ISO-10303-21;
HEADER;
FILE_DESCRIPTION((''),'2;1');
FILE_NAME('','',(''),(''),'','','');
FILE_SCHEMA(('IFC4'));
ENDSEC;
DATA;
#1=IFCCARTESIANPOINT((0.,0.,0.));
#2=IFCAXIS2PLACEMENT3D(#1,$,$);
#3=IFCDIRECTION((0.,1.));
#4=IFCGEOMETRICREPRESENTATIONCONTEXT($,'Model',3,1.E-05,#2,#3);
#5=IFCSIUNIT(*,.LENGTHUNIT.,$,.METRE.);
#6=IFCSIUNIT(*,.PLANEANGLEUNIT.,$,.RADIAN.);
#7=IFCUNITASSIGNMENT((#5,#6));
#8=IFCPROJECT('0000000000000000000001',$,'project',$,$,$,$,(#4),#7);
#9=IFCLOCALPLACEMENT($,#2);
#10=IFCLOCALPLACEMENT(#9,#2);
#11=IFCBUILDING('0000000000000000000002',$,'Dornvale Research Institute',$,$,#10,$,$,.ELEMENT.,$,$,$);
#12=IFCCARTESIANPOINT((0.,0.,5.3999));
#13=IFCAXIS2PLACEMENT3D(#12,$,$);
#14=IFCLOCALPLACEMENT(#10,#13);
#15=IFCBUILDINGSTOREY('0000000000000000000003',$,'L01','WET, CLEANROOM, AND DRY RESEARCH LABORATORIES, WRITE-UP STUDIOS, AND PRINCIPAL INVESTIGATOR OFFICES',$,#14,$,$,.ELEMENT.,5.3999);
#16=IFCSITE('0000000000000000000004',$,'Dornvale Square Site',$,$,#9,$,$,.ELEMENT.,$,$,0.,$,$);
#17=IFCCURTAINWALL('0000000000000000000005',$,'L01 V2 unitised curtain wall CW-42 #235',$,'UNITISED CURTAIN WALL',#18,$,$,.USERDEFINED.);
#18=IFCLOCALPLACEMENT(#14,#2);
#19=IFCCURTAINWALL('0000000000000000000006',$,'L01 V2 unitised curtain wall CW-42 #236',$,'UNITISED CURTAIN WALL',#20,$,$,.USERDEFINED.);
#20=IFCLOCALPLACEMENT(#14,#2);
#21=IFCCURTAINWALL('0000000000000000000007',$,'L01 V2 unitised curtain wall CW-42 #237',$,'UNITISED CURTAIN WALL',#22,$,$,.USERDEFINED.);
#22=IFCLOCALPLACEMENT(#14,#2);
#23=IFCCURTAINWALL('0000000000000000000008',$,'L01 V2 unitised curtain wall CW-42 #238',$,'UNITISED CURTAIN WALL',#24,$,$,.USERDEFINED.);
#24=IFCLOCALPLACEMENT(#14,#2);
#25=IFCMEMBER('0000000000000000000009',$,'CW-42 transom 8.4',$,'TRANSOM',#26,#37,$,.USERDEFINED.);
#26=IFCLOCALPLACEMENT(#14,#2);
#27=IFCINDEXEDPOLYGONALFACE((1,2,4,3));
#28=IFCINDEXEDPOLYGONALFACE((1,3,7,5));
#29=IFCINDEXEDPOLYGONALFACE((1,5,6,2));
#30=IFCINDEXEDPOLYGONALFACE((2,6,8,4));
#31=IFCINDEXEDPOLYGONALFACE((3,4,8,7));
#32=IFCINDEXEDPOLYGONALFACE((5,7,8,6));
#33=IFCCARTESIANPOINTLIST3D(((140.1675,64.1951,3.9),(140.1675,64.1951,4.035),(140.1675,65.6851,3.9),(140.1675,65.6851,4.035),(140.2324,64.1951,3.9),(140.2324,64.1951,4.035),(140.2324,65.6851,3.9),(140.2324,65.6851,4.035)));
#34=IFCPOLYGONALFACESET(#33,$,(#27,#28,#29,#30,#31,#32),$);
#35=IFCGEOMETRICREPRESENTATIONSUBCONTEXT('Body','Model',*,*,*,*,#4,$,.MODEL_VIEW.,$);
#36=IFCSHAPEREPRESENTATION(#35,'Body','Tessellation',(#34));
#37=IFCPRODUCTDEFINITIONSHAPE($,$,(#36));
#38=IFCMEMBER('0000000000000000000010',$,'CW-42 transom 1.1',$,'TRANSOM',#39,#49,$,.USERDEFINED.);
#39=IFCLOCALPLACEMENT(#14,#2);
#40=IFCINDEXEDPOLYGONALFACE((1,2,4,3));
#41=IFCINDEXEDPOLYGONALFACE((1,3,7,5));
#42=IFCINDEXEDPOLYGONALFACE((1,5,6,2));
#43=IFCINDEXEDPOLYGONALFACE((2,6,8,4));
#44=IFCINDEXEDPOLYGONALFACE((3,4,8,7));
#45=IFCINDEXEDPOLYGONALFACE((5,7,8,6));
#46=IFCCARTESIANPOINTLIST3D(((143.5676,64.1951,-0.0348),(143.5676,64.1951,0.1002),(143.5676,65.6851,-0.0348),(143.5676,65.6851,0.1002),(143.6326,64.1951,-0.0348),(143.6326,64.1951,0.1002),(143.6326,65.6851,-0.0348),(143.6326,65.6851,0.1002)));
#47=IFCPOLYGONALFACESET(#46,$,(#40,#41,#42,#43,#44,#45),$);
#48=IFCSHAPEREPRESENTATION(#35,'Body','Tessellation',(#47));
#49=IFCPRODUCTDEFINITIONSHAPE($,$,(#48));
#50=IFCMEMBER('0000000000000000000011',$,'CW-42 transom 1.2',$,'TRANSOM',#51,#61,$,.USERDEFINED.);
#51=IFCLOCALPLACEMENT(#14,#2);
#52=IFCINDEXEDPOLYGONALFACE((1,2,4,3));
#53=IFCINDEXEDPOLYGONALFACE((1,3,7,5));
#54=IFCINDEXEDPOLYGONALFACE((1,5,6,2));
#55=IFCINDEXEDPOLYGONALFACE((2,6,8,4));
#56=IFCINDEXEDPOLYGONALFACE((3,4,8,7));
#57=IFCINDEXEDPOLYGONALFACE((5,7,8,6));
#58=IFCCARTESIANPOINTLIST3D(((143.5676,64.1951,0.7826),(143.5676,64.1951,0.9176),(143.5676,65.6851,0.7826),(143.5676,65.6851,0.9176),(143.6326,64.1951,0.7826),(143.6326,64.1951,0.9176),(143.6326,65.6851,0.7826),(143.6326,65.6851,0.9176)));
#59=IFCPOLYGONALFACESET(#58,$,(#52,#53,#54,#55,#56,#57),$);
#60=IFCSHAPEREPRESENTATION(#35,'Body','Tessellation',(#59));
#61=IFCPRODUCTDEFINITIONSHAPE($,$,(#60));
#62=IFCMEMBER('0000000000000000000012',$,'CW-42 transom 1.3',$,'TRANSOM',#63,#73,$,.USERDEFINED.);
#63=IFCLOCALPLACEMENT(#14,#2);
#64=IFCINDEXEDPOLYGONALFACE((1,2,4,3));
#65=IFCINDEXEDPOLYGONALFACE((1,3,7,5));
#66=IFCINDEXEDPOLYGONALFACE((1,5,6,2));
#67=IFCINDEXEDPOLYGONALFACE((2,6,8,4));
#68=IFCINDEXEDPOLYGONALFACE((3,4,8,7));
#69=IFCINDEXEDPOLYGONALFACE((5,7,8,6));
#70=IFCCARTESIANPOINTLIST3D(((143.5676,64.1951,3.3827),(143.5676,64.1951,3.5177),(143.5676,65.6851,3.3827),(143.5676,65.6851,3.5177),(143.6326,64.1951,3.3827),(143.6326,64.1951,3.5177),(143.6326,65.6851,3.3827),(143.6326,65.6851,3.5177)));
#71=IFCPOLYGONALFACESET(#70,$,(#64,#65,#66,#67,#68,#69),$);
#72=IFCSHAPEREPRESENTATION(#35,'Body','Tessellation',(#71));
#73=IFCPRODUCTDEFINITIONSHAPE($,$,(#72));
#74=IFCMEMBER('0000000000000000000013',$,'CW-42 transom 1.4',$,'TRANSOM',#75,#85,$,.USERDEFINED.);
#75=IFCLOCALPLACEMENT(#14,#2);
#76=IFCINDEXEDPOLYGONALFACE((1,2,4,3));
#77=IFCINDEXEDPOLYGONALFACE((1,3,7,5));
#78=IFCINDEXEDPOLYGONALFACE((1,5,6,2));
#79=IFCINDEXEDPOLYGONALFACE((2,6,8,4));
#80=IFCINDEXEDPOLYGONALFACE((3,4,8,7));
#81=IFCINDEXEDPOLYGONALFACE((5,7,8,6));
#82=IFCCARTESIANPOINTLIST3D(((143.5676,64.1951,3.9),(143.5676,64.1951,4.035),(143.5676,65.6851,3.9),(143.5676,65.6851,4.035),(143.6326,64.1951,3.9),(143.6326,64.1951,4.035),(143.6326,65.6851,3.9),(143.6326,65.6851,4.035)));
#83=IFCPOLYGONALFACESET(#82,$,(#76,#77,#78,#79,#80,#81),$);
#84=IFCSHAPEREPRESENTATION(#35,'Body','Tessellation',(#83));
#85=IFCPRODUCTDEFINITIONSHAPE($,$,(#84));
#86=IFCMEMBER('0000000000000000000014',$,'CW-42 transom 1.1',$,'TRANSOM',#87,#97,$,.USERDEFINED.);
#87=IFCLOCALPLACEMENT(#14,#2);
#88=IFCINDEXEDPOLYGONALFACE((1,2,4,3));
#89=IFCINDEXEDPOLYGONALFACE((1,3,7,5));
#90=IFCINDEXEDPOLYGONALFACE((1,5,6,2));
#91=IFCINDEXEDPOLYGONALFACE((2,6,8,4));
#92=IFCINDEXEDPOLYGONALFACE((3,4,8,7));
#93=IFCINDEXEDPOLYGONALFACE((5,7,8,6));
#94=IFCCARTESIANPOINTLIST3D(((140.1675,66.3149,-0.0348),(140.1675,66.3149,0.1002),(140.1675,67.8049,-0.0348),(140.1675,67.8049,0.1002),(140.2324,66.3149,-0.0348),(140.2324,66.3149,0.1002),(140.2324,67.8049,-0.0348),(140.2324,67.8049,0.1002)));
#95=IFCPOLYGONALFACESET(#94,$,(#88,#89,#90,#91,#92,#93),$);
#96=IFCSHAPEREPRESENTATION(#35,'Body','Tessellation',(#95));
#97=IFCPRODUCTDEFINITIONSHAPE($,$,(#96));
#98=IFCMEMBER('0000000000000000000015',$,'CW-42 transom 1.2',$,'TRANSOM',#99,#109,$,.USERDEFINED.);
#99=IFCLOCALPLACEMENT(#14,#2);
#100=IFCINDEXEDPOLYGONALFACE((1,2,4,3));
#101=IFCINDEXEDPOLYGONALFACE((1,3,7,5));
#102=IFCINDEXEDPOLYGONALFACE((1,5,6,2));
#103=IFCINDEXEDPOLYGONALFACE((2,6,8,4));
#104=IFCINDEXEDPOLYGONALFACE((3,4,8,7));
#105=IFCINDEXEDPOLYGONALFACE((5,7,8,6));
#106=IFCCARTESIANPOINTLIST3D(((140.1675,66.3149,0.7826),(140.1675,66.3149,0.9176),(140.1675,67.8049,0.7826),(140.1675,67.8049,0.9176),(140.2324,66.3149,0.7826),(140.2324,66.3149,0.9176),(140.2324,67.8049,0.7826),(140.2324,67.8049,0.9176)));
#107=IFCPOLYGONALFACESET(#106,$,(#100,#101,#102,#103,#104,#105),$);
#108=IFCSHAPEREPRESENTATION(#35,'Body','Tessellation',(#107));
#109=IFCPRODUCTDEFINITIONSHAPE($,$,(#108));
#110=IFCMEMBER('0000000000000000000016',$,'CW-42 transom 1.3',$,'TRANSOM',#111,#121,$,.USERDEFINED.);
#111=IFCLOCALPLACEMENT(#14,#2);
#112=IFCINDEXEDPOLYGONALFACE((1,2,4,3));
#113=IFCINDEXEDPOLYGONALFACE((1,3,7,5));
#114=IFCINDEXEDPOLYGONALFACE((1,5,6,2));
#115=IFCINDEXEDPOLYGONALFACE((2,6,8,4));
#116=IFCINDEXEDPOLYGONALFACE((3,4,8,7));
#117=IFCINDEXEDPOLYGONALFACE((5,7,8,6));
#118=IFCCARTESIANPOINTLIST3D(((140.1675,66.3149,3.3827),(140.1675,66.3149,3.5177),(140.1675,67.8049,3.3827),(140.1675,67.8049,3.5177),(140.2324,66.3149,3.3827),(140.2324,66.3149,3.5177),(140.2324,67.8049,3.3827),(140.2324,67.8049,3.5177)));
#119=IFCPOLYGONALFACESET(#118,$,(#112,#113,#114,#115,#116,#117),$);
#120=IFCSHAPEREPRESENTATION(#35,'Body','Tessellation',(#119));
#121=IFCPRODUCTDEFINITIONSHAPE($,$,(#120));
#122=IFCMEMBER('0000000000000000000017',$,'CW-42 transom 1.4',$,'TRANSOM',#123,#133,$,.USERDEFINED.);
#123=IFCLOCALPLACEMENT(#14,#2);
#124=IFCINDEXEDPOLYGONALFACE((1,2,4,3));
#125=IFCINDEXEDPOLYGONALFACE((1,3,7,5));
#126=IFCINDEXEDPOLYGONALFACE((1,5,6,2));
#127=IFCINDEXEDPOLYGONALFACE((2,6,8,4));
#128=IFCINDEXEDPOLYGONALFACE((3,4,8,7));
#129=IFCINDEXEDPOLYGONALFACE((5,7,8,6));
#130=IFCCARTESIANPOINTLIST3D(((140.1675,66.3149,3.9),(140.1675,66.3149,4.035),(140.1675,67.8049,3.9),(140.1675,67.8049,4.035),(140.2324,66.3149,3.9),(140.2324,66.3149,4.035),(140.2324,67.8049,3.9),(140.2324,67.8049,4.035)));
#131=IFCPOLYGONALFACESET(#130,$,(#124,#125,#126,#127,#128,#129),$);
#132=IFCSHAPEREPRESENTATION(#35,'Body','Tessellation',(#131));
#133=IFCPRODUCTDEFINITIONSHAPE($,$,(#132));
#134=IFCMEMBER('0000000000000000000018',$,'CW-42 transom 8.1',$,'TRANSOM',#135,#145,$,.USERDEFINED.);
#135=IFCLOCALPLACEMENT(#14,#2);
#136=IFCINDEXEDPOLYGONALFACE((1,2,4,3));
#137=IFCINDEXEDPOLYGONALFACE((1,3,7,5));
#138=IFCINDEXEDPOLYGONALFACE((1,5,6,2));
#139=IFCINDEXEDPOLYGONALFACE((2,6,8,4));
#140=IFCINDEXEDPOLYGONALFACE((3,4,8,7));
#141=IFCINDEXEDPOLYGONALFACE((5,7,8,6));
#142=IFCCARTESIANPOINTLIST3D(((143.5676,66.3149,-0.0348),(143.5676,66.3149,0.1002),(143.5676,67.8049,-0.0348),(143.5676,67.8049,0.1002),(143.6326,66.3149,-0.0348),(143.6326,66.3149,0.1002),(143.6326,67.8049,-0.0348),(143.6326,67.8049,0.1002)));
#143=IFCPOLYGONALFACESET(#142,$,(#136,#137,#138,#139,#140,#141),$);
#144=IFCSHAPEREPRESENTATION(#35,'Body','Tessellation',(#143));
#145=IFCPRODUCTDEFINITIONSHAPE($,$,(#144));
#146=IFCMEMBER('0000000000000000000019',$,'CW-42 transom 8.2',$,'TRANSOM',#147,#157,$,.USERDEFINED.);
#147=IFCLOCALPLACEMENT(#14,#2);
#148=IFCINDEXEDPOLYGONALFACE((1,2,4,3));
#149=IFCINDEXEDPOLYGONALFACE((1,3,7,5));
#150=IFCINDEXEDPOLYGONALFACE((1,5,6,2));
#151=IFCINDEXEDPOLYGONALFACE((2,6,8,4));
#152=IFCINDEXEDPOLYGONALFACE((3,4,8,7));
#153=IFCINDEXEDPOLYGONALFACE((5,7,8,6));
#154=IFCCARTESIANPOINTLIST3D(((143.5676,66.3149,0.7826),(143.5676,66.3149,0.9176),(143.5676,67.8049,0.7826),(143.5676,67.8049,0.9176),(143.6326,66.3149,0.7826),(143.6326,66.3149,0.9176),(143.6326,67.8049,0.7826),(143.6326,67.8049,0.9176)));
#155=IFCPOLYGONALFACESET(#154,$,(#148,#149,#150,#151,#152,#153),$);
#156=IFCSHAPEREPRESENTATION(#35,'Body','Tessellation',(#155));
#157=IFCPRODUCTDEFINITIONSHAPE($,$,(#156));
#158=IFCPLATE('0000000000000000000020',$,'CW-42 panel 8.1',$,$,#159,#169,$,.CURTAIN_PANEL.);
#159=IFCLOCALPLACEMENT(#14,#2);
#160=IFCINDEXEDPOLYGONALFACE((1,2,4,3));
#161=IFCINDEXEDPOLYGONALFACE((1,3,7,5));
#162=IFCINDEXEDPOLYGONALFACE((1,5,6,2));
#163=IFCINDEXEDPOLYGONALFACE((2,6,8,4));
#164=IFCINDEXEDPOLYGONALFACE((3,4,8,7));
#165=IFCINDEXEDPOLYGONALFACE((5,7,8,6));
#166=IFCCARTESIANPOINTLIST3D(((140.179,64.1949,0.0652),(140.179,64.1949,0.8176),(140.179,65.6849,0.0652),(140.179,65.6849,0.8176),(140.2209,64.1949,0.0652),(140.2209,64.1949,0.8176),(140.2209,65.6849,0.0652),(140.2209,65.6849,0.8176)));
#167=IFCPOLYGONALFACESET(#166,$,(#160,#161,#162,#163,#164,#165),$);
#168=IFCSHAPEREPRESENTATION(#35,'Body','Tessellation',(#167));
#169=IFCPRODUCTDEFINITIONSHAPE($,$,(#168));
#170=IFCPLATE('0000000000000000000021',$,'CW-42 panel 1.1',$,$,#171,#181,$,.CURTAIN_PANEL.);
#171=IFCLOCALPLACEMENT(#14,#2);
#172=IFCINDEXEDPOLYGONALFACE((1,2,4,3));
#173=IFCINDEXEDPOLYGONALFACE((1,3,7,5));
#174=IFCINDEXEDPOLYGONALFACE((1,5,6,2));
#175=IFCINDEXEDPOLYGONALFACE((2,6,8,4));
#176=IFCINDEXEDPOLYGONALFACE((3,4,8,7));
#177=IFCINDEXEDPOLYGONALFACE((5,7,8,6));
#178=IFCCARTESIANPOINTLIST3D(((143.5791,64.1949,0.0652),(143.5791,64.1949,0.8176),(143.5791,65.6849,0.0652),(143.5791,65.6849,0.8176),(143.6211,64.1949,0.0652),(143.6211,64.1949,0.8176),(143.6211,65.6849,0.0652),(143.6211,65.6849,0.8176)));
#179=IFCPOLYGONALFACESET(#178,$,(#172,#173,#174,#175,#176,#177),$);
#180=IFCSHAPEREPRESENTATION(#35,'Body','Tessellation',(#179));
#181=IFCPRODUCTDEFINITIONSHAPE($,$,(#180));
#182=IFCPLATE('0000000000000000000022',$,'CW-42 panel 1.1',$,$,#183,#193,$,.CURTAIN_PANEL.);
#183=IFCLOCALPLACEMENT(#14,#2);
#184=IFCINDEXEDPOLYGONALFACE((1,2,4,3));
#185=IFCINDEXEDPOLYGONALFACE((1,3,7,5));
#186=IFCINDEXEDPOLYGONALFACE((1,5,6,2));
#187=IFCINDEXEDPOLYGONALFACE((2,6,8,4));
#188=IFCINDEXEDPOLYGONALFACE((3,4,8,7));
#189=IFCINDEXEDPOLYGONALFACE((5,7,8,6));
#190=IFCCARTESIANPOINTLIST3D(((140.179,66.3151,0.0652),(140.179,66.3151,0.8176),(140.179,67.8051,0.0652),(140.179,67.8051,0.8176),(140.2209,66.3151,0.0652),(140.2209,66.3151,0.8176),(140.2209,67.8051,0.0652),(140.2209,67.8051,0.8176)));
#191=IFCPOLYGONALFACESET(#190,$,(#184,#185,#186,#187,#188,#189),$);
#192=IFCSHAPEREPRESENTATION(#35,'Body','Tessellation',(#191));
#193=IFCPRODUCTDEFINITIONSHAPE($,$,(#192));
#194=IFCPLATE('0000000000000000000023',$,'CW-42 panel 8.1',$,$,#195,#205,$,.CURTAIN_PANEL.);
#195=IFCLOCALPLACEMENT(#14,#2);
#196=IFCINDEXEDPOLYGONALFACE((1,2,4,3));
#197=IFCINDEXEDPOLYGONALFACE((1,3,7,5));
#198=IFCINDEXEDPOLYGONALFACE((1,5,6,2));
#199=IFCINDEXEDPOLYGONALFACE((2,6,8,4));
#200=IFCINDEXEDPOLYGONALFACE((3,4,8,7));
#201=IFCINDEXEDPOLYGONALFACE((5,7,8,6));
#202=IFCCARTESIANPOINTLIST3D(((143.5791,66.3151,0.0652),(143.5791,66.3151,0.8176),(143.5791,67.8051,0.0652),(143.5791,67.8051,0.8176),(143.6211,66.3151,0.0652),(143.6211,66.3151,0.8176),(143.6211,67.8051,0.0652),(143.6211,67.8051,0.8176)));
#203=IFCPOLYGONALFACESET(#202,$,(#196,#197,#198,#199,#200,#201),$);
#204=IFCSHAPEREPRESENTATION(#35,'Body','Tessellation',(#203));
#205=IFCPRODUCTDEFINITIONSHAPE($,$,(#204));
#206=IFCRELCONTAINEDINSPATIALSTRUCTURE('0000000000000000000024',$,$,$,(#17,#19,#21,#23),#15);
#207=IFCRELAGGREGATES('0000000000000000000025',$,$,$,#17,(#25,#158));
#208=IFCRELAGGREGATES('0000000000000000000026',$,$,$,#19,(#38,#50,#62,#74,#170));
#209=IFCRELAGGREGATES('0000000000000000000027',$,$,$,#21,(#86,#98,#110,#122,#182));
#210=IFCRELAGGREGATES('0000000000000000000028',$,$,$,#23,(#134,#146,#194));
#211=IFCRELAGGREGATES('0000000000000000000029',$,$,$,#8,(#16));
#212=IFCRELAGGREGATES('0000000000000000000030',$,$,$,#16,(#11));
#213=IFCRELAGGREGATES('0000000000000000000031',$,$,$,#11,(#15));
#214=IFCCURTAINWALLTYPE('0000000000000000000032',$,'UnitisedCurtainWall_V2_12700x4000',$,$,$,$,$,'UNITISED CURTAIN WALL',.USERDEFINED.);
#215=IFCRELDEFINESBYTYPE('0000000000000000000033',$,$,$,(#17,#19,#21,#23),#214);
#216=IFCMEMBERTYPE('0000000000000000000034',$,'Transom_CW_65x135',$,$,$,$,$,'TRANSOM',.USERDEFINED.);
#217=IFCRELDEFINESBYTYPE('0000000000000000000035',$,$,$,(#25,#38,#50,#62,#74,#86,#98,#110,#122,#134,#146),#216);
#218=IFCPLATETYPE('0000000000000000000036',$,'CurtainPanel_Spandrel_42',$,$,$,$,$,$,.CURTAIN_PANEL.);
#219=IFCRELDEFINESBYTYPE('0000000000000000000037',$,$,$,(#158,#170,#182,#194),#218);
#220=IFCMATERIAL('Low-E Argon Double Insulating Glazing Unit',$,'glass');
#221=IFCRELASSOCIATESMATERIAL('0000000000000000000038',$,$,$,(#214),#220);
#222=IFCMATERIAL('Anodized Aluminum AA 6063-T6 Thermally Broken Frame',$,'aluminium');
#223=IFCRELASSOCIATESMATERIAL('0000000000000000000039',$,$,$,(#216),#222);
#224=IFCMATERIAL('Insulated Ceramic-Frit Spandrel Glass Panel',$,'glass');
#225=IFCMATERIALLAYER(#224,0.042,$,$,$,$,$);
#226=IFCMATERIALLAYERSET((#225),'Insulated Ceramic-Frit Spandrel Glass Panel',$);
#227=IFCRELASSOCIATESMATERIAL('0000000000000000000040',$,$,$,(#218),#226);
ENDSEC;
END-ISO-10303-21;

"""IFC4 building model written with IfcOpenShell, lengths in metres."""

from ifc_helpers import new_model, si_unit, direction, frame, origin, origin_2d, place, context, subcontext, project, spatial, rectangle, extrude, material, layer, layer_set, material_profile, profile_set, type_object, element, aggregate, save


model = new_model("IFC4")

# Units and contexts
model_context = context("Model", 3, precision=1e-05, world=origin(), true_north=direction((0.0, 1.0)))
body_context = subcontext(model_context, "Body", "Model", "MODEL_VIEW")
ifc_project = project(units=[si_unit("LENGTHUNIT", "METRE"), si_unit("PLANEANGLEUNIT", "RADIAN")], contexts=[model_context])

# Site, building, storey
site_placement = place(None, origin())
site = spatial("IfcSite", under=ifc_project, at=site_placement, Name="Dornvale Square Site", CompositionType="ELEMENT", RefElevation=0.0)
building_placement = place(site_placement, origin())
building = spatial("IfcBuilding", under=site, at=building_placement, Name="Dornvale Research Institute", CompositionType="ELEMENT")
storey_placement = place(building_placement, frame((0.0, 0.0, 5.3999)))
storey = spatial("IfcBuildingStorey", under=building, at=storey_placement, Name="L01", Description="WET, CLEANROOM, AND DRY RESEARCH LABORATORIES, WRITE-UP STUDIOS, AND PRINCIPAL INVESTIGATOR OFFICES", CompositionType="ELEMENT", Elevation=5.3999)

# Curtain walls
ifc_material_1 = material(Name="Low-E Argon Double Insulating Glazing Unit", Category="glass")
curtain_wall_type = type_object("IfcCurtainWallType", Name="UnitisedCurtainWall_V2_12700x4000", ElementType="UNITISED CURTAIN WALL", PredefinedType="USERDEFINED", material=ifc_material_1)
curtain_wall_1_placement = place(storey_placement, origin())
curtain_wall_1 = element("IfcCurtainWall", 1, at=curtain_wall_1_placement, inside=storey, type_object=curtain_wall_type, Name="L01 V2 unitised curtain wall CW-42 #235", ObjectType="UNITISED CURTAIN WALL", PredefinedType="USERDEFINED")
curtain_wall_2_placement = place(storey_placement, origin())
curtain_wall_2 = element("IfcCurtainWall", 2, at=curtain_wall_2_placement, inside=storey, type_object=curtain_wall_type, Name="L01 V2 unitised curtain wall CW-42 #236", ObjectType="UNITISED CURTAIN WALL", PredefinedType="USERDEFINED")
curtain_wall_3_placement = place(storey_placement, origin())
curtain_wall_3 = element("IfcCurtainWall", 3, at=curtain_wall_3_placement, inside=storey, type_object=curtain_wall_type, Name="L01 V2 unitised curtain wall CW-42 #237", ObjectType="UNITISED CURTAIN WALL", PredefinedType="USERDEFINED")
curtain_wall_4_placement = place(storey_placement, origin())
curtain_wall_4 = element("IfcCurtainWall", 4, at=curtain_wall_4_placement, inside=storey, type_object=curtain_wall_type, Name="L01 V2 unitised curtain wall CW-42 #238", ObjectType="UNITISED CURTAIN WALL", PredefinedType="USERDEFINED")

# Members
ifc_material_2 = material(Name="Anodized Aluminum AA 6063-T6 Thermally Broken Frame", Category="aluminium")
ifc_material_profile_1 = material_profile(ifc_material_2, rectangle(XDim=0.0649, YDim=0.135, at=origin_2d()), Name="ALU TRANSOM 65x135")
ifc_profile_set_1 = profile_set([ifc_material_profile_1], Name="Anodized Aluminum AA 6063-T6 Thermally Broken Frame")
member_type_1 = type_object("IfcMemberType", Name="Transom_CW_65x135", ElementType="TRANSOM", PredefinedType="USERDEFINED", material=ifc_profile_set_1)
member_1_placement = place(storey_placement, frame((140.2, 64.1951, 3.9675), z_axis=(0.0, 1.0, 0.0), x_axis=(-1.0, 0.0, 0.0)))
member_1 = element("IfcMember", 5, at=member_1_placement, type_object=member_type_1, Name="CW-42 transom 8.4", ObjectType="TRANSOM", PredefinedType="USERDEFINED", context=body_context, shape_type="SweptSolid", body=[
    extrude(rectangle(XDim=0.0649, YDim=0.135, at=origin_2d()), origin(), (0.0, 0.0, 1.0), 1.49),
])
member_2_placement = place(storey_placement, frame((143.6001, 65.6851, 0.0327), z_axis=(0.0, -1.0, 0.0), x_axis=(1.0, 0.0, 0.0)))
member_2 = element("IfcMember", 6, at=member_2_placement, type_object=member_type_1, Name="CW-42 transom 1.1", ObjectType="TRANSOM", PredefinedType="USERDEFINED", context=body_context, shape_type="SweptSolid", body=[
    extrude(rectangle(XDim=0.0649, YDim=0.135, at=origin_2d()), origin(), (0.0, 0.0, 1.0), 1.49),
])
member_3_placement = place(storey_placement, frame((143.6001, 65.6851, 0.8501), z_axis=(0.0, -1.0, 0.0), x_axis=(1.0, 0.0, 0.0)))
member_3 = element("IfcMember", 7, at=member_3_placement, type_object=member_type_1, Name="CW-42 transom 1.2", ObjectType="TRANSOM", PredefinedType="USERDEFINED", context=body_context, shape_type="SweptSolid", body=[
    extrude(rectangle(XDim=0.0649, YDim=0.135, at=origin_2d()), origin(), (0.0, 0.0, 1.0), 1.49),
])
member_4_placement = place(storey_placement, frame((143.6001, 65.6851, 3.4502), z_axis=(0.0, -1.0, 0.0), x_axis=(1.0, 0.0, 0.0)))
member_4 = element("IfcMember", 8, at=member_4_placement, type_object=member_type_1, Name="CW-42 transom 1.3", ObjectType="TRANSOM", PredefinedType="USERDEFINED", context=body_context, shape_type="SweptSolid", body=[
    extrude(rectangle(XDim=0.0649, YDim=0.135, at=origin_2d()), origin(), (0.0, 0.0, 1.0), 1.49),
])
member_5_placement = place(storey_placement, frame((143.6001, 65.6851, 3.9675), z_axis=(0.0, -1.0, 0.0), x_axis=(1.0, 0.0, 0.0)))
member_5 = element("IfcMember", 9, at=member_5_placement, type_object=member_type_1, Name="CW-42 transom 1.4", ObjectType="TRANSOM", PredefinedType="USERDEFINED", context=body_context, shape_type="SweptSolid", body=[
    extrude(rectangle(XDim=0.0649, YDim=0.135, at=origin_2d()), origin(), (0.0, 0.0, 1.0), 1.49),
])
member_6_placement = place(storey_placement, frame((140.2, 66.3149, 0.0327), z_axis=(0.0, 1.0, 0.0), x_axis=(-1.0, 0.0, 0.0)))
member_6 = element("IfcMember", 10, at=member_6_placement, type_object=member_type_1, Name="CW-42 transom 1.1", ObjectType="TRANSOM", PredefinedType="USERDEFINED", context=body_context, shape_type="SweptSolid", body=[
    extrude(rectangle(XDim=0.0649, YDim=0.135, at=origin_2d()), origin(), (0.0, 0.0, 1.0), 1.49),
])
member_7_placement = place(storey_placement, frame((140.2, 66.3149, 0.8501), z_axis=(0.0, 1.0, 0.0), x_axis=(-1.0, 0.0, 0.0)))
member_7 = element("IfcMember", 11, at=member_7_placement, type_object=member_type_1, Name="CW-42 transom 1.2", ObjectType="TRANSOM", PredefinedType="USERDEFINED", context=body_context, shape_type="SweptSolid", body=[
    extrude(rectangle(XDim=0.0649, YDim=0.135, at=origin_2d()), origin(), (0.0, 0.0, 1.0), 1.49),
])
member_8_placement = place(storey_placement, frame((140.2, 66.3149, 3.4502), z_axis=(0.0, 1.0, 0.0), x_axis=(-1.0, 0.0, 0.0)))
member_8 = element("IfcMember", 12, at=member_8_placement, type_object=member_type_1, Name="CW-42 transom 1.3", ObjectType="TRANSOM", PredefinedType="USERDEFINED", context=body_context, shape_type="SweptSolid", body=[
    extrude(rectangle(XDim=0.0649, YDim=0.135, at=origin_2d()), origin(), (0.0, 0.0, 1.0), 1.49),
])
member_9_placement = place(storey_placement, frame((140.2, 66.3149, 3.9675), z_axis=(0.0, 1.0, 0.0), x_axis=(-1.0, 0.0, 0.0)))
member_9 = element("IfcMember", 13, at=member_9_placement, type_object=member_type_1, Name="CW-42 transom 1.4", ObjectType="TRANSOM", PredefinedType="USERDEFINED", context=body_context, shape_type="SweptSolid", body=[
    extrude(rectangle(XDim=0.0649, YDim=0.135, at=origin_2d()), origin(), (0.0, 0.0, 1.0), 1.49),
])
member_10_placement = place(storey_placement, frame((143.6001, 67.8049, 0.0327), z_axis=(0.0, -1.0, 0.0), x_axis=(1.0, 0.0, 0.0)))
member_10 = element("IfcMember", 14, at=member_10_placement, type_object=member_type_1, Name="CW-42 transom 8.1", ObjectType="TRANSOM", PredefinedType="USERDEFINED", context=body_context, shape_type="SweptSolid", body=[
    extrude(rectangle(XDim=0.0649, YDim=0.135, at=origin_2d()), origin(), (0.0, 0.0, 1.0), 1.49),
])
member_11_placement = place(storey_placement, frame((143.6001, 67.8049, 0.8501), z_axis=(0.0, -1.0, 0.0), x_axis=(1.0, 0.0, 0.0)))
member_11 = element("IfcMember", 15, at=member_11_placement, type_object=member_type_1, Name="CW-42 transom 8.2", ObjectType="TRANSOM", PredefinedType="USERDEFINED", context=body_context, shape_type="SweptSolid", body=[
    extrude(rectangle(XDim=0.0649, YDim=0.135, at=origin_2d()), origin(), (0.0, 0.0, 1.0), 1.49),
])

# Plates
ifc_material_3 = material(Name="Insulated Ceramic-Frit Spandrel Glass Panel", Category="glass")
ifc_layer_1 = layer(ifc_material_3, 0.042)
ifc_layer_set_1 = layer_set([ifc_layer_1], Name="Insulated Ceramic-Frit Spandrel Glass Panel")
plate_type_1 = type_object("IfcPlateType", Name="CurtainPanel_Spandrel_42", PredefinedType="CURTAIN_PANEL", material=ifc_layer_set_1)
plate_1_placement = place(storey_placement, frame((140.2, 64.9399, 0.0652), z_axis=(0.0, 0.0, 1.0), x_axis=(0.0, 1.0, 0.0)))
plate_1 = element("IfcPlate", 16, at=plate_1_placement, type_object=plate_type_1, Name="CW-42 panel 8.1", PredefinedType="CURTAIN_PANEL", context=body_context, shape_type="SweptSolid", body=[
    extrude(rectangle(XDim=1.49, YDim=0.042, at=origin_2d()), origin(), (0.0, 0.0, 1.0), 0.7524),
])
plate_2_placement = place(storey_placement, frame((143.6001, 64.9399, 0.0652), z_axis=(0.0, 0.0, 1.0), x_axis=(0.0, -1.0, 0.0)))
plate_2 = element("IfcPlate", 17, at=plate_2_placement, type_object=plate_type_1, Name="CW-42 panel 1.1", PredefinedType="CURTAIN_PANEL", context=body_context, shape_type="SweptSolid", body=[
    extrude(rectangle(XDim=1.49, YDim=0.042, at=origin_2d()), origin(), (0.0, 0.0, 1.0), 0.7524),
])
plate_3_placement = place(storey_placement, frame((140.2, 67.0601, 0.0652), z_axis=(0.0, 0.0, 1.0), x_axis=(0.0, 1.0, 0.0)))
plate_3 = element("IfcPlate", 18, at=plate_3_placement, type_object=plate_type_1, Name="CW-42 panel 1.1", PredefinedType="CURTAIN_PANEL", context=body_context, shape_type="SweptSolid", body=[
    extrude(rectangle(XDim=1.49, YDim=0.042, at=origin_2d()), origin(), (0.0, 0.0, 1.0), 0.7524),
])
plate_4_placement = place(storey_placement, frame((143.6001, 67.0601, 0.0652), z_axis=(0.0, 0.0, 1.0), x_axis=(0.0, -1.0, 0.0)))
plate_4 = element("IfcPlate", 19, at=plate_4_placement, type_object=plate_type_1, Name="CW-42 panel 8.1", PredefinedType="CURTAIN_PANEL", context=body_context, shape_type="SweptSolid", body=[
    extrude(rectangle(XDim=1.49, YDim=0.042, at=origin_2d()), origin(), (0.0, 0.0, 1.0), 0.7524),
])
aggregate(curtain_wall_1, [member_1, plate_1])
aggregate(curtain_wall_2, [member_2, member_3, member_4, member_5, plate_2])
aggregate(curtain_wall_3, [member_6, member_7, member_8, member_9, plate_3])
aggregate(curtain_wall_4, [member_10, member_11, plate_4])

save(model, "model.ifc")
